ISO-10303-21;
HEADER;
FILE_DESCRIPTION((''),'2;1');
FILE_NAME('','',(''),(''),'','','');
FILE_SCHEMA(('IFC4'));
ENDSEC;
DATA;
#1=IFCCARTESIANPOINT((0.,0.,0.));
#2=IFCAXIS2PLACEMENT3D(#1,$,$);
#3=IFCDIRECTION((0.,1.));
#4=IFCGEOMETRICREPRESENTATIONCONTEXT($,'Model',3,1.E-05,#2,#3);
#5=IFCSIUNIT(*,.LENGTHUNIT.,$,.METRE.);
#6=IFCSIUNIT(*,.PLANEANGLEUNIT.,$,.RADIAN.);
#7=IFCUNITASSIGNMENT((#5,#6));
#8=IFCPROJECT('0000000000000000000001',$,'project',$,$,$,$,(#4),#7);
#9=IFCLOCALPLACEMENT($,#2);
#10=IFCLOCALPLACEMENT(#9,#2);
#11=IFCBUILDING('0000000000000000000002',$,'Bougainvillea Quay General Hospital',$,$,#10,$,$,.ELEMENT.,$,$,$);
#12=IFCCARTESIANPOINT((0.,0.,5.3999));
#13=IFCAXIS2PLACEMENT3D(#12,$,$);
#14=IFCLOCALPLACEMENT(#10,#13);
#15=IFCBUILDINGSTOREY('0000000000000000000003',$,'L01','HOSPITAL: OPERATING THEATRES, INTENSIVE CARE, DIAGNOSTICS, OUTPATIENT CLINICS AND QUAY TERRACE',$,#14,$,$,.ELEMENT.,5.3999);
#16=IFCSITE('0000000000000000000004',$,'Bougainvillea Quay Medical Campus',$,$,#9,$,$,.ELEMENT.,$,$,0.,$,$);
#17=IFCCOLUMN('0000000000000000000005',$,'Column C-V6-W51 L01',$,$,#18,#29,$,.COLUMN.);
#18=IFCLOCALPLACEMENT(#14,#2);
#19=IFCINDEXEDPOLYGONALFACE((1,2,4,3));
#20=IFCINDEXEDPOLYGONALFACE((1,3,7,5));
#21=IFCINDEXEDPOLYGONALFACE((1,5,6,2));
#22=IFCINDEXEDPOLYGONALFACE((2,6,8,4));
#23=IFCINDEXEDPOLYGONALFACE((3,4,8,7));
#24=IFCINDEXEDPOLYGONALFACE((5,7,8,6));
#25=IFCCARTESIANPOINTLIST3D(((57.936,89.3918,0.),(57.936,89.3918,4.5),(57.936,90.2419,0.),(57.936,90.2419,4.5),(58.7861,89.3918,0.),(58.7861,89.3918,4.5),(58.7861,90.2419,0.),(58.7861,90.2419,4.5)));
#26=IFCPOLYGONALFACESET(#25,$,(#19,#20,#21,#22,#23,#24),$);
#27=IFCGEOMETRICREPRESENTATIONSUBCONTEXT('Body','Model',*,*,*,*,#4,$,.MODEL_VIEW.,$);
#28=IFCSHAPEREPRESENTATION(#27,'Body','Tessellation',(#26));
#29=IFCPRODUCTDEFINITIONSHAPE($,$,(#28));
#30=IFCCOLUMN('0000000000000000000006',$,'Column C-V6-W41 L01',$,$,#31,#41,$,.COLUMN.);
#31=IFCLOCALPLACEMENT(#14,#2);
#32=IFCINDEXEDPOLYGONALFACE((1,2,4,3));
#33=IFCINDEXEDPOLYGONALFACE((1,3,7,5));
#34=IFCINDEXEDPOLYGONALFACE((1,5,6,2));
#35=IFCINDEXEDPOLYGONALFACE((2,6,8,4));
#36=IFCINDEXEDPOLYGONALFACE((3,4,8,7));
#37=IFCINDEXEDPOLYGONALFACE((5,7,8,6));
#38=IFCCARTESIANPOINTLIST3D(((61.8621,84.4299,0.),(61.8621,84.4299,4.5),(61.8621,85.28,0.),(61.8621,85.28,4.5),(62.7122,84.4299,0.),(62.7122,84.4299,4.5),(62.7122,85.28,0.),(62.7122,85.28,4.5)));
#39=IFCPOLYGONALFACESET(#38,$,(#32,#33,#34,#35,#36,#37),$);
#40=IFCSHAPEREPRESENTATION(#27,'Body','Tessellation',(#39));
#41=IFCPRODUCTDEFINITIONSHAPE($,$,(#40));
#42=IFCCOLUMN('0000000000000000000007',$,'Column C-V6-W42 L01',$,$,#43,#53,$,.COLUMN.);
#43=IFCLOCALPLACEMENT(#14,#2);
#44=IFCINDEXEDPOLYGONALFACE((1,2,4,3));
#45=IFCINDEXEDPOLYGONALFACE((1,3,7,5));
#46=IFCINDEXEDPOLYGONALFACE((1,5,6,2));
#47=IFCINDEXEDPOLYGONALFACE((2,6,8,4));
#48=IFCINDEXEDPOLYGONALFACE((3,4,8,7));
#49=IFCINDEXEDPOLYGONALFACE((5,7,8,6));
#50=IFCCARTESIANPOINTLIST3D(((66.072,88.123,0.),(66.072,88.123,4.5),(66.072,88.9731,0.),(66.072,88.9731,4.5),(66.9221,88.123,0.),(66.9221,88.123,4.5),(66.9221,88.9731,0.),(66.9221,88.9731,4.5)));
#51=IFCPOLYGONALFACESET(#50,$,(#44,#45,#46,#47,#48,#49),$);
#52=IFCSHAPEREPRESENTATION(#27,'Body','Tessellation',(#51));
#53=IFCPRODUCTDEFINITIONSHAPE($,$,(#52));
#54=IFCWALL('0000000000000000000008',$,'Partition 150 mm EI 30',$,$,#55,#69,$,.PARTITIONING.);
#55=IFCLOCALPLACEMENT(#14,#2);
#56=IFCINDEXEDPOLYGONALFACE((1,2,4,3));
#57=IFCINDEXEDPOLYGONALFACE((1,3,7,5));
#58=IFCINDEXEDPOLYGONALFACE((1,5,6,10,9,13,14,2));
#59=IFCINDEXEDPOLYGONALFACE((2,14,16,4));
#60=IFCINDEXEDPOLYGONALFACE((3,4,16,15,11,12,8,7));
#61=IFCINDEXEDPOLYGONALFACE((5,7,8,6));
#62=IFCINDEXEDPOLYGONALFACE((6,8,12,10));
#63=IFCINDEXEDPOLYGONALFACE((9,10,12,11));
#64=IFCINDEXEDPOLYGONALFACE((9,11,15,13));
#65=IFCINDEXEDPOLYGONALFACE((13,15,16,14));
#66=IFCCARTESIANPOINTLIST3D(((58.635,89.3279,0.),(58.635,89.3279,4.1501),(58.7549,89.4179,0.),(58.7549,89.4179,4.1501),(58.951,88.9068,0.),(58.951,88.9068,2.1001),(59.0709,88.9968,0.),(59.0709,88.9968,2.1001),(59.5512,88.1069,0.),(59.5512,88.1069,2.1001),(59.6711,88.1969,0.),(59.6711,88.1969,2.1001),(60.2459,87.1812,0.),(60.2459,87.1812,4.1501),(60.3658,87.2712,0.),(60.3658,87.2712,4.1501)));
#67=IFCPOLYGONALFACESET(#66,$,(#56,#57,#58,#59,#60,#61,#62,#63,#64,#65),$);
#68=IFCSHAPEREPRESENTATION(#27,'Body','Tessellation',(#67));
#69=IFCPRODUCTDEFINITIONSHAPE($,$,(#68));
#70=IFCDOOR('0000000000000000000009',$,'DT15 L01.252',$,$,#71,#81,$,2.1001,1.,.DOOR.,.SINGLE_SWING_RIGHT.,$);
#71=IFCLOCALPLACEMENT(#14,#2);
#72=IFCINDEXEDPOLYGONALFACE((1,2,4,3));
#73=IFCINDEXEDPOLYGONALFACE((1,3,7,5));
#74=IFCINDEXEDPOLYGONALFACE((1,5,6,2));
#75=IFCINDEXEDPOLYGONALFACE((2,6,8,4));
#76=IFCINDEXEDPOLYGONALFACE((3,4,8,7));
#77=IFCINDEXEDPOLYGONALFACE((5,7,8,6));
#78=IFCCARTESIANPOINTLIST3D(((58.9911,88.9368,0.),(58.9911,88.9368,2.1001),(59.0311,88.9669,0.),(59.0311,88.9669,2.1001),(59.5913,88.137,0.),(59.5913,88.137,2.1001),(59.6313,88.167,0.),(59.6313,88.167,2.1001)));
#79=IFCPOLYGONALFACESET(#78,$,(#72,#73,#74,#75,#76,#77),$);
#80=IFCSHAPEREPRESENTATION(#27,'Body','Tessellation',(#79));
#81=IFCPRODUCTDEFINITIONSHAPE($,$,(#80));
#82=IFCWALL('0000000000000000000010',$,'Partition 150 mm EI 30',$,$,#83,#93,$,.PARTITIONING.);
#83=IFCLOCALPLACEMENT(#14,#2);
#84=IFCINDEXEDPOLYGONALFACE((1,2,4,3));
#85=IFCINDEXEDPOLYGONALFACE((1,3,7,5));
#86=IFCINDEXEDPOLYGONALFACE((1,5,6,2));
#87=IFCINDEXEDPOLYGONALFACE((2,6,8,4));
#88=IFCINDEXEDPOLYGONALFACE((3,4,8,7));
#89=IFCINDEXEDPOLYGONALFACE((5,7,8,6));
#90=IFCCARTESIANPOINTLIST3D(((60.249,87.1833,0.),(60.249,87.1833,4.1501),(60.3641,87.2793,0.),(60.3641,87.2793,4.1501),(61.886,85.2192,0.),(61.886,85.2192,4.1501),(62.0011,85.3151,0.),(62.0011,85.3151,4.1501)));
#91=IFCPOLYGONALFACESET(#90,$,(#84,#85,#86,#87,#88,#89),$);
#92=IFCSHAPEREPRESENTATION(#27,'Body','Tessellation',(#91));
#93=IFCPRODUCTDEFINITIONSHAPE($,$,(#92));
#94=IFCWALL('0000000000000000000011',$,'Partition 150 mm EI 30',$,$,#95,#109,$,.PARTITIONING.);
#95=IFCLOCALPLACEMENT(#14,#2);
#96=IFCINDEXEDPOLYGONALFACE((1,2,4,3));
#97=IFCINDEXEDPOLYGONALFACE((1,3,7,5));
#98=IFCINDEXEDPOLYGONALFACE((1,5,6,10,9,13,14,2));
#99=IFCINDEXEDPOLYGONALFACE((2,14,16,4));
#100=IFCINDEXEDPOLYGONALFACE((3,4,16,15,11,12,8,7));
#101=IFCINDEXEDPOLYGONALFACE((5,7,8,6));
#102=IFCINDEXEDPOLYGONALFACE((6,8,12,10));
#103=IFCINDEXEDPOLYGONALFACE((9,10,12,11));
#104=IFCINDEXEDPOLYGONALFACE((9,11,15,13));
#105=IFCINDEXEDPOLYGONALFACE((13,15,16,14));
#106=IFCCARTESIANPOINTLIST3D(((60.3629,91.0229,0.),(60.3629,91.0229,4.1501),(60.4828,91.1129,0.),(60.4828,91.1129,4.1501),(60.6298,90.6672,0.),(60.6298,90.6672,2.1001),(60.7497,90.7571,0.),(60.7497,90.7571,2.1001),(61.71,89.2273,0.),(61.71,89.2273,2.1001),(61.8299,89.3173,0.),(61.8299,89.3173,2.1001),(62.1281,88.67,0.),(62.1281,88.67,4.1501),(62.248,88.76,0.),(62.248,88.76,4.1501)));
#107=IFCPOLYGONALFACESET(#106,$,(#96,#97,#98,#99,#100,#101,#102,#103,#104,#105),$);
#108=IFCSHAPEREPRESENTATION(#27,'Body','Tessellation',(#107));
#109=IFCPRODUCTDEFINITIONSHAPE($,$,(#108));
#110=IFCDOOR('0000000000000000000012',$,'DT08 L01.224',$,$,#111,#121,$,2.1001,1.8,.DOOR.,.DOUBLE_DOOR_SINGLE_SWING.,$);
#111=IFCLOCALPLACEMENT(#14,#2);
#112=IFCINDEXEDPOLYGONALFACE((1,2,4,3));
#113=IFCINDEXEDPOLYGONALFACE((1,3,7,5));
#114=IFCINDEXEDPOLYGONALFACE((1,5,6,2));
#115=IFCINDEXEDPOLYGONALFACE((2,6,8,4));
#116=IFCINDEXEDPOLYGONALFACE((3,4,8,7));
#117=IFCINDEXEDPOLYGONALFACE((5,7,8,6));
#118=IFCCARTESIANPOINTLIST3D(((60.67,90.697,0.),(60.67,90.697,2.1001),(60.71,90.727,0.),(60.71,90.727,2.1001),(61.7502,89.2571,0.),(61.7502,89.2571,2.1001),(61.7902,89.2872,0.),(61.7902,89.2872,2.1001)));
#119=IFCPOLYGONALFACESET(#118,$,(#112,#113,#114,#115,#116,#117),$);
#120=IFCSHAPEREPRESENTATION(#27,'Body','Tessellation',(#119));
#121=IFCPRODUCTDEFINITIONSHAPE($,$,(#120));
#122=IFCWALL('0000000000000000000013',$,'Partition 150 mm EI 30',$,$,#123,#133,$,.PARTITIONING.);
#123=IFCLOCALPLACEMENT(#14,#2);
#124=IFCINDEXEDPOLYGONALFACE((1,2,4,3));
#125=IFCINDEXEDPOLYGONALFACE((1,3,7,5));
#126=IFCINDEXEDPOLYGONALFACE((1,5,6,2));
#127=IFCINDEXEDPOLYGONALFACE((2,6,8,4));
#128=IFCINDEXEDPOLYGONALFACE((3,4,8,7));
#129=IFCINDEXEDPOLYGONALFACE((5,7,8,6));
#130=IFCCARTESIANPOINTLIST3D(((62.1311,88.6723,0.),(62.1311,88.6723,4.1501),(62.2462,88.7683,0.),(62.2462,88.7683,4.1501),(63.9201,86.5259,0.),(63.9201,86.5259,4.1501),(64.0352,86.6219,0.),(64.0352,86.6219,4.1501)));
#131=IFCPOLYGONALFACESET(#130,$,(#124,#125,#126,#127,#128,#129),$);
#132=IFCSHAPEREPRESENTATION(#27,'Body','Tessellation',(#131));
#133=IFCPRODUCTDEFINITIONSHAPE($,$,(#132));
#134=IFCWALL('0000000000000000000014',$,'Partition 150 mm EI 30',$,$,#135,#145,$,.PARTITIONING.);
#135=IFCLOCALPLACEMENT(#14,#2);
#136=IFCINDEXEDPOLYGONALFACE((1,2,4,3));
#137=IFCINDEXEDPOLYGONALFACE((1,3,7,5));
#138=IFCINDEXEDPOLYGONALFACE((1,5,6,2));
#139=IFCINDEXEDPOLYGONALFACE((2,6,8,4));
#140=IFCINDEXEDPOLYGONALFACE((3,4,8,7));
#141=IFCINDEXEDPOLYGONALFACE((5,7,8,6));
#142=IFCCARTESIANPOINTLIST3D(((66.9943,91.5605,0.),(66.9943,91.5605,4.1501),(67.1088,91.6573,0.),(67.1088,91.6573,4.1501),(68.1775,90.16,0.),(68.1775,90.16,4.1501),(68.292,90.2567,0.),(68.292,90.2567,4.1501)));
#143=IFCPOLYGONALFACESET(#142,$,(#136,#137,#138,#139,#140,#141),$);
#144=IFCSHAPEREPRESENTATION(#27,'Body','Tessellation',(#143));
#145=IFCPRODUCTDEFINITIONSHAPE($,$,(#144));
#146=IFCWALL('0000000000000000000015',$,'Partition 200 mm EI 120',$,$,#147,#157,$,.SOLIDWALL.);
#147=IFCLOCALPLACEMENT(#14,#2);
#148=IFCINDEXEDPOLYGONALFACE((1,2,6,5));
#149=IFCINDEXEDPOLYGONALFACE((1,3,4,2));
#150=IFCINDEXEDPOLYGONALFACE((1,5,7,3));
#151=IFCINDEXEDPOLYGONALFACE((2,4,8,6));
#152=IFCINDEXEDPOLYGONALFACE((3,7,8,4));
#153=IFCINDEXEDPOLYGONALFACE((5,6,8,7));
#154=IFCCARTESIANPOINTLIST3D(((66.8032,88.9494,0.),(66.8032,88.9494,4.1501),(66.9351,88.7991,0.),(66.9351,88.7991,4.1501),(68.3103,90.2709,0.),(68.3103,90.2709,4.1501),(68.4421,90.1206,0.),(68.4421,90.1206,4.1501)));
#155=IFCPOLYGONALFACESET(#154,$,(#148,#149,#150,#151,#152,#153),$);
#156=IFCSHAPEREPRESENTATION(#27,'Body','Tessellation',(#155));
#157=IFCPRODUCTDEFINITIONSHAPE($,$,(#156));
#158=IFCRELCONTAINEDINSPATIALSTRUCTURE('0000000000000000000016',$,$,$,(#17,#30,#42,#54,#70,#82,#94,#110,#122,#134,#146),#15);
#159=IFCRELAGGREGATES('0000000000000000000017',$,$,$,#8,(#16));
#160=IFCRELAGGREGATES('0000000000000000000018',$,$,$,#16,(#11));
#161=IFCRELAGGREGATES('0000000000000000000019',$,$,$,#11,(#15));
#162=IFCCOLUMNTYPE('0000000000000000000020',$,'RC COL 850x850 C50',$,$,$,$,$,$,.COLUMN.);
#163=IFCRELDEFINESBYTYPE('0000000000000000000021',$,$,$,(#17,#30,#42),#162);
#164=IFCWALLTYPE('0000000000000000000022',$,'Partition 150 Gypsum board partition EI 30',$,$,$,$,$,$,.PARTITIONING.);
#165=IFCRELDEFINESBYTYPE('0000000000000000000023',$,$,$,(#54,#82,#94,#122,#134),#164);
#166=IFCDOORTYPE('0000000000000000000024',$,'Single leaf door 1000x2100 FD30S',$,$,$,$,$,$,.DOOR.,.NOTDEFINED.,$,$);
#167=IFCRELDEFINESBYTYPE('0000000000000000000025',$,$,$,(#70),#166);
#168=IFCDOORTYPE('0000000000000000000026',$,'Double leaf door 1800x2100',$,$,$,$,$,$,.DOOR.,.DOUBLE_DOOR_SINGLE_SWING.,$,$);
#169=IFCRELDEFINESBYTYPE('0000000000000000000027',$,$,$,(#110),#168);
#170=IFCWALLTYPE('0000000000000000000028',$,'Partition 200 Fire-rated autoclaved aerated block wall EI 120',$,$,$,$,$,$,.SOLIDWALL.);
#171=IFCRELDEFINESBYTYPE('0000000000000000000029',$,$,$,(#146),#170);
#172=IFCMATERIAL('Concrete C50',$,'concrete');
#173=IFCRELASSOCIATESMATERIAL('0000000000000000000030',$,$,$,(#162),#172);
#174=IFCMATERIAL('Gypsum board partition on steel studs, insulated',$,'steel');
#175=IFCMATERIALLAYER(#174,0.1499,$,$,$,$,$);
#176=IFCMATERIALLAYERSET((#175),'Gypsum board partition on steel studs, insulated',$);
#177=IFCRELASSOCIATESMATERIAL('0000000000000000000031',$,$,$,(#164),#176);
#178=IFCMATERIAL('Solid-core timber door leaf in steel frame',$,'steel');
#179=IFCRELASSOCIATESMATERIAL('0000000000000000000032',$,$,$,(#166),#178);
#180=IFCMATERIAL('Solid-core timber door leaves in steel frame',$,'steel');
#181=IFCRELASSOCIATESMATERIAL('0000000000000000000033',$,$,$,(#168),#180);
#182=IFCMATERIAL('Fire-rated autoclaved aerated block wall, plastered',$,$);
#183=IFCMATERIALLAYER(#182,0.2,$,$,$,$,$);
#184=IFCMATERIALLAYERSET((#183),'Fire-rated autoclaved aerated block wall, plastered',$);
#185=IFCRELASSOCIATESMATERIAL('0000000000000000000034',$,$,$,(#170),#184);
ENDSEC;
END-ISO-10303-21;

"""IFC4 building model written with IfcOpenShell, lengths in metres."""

from ifc_helpers import new_model, si_unit, direction, frame, frame_2d, origin, origin_2d, place, context, subcontext, project, spatial, rectangle, extrude, material, layer, layer_set, material_profile, profile_set, type_object, element, fill, save


model = new_model("IFC4")

# Units and contexts
model_context = context("Model", 3, precision=1e-05, world=origin(), true_north=direction((0.0, 1.0)))
body_context = subcontext(model_context, "Body", "Model", "MODEL_VIEW")
ifc_project = project(units=[si_unit("LENGTHUNIT", "METRE"), si_unit("PLANEANGLEUNIT", "RADIAN")], contexts=[model_context])

# Site, building, storey
site_placement = place(None, origin())
site = spatial("IfcSite", under=ifc_project, at=site_placement, Name="Bougainvillea Quay Medical Campus", CompositionType="ELEMENT", RefElevation=0.0)
building_placement = place(site_placement, origin())
building = spatial("IfcBuilding", under=site, at=building_placement, Name="Bougainvillea Quay General Hospital", CompositionType="ELEMENT")
storey_placement = place(building_placement, frame((0.0, 0.0, 5.3999)))
storey = spatial("IfcBuildingStorey", under=building, at=storey_placement, Name="L01", Description="HOSPITAL: OPERATING THEATRES, INTENSIVE CARE, DIAGNOSTICS, OUTPATIENT CLINICS AND QUAY TERRACE", CompositionType="ELEMENT", Elevation=5.3999)

# Columns
ifc_material_1 = material(Name="Concrete C50", Category="concrete")
ifc_material_profile = material_profile(ifc_material_1, rectangle(XDim=0.8501, YDim=0.8501, at=origin_2d()))
ifc_profile_set = profile_set([ifc_material_profile], Name="Concrete C50")
column_type = type_object("IfcColumnType", Name="RC COL 850x850 C50", PredefinedType="COLUMN", material=ifc_profile_set)
for number, where, z_axis, x_axis, name in (
    (1, (58.3611, 89.8169, 0.0), (0.0, 0.0, 1.0), (1.0, 0.0, 0.0), "Column C-V6-W51 L01"),
    (2, (62.2871, 84.855, 0.0), (0.0, 0.0, 1.0), (1.0, 0.0, 0.0), "Column C-V6-W41 L01"),
    (3, (66.4971, 88.5481, 0.0), (0.0, 0.0, 1.0), (1.0, 0.0, 0.0), "Column C-V6-W42 L01"),
):
    element("IfcColumn", number, at=place(storey_placement, frame(where, z_axis=z_axis, x_axis=x_axis)), inside=storey, type_object=column_type, Name=name, PredefinedType="COLUMN", context=body_context, shape_type="SweptSolid", body=[
        extrude(rectangle(XDim=0.8501, YDim=0.8501, at=origin_2d()), origin(), (0.0, 0.0, 1.0), 4.5),
    ])

# Wall, opening, door
ifc_material_2 = material(Name="Gypsum board partition on steel studs, insulated", Category="steel")
ifc_layer_1 = layer(ifc_material_2, 0.1499)
ifc_layer_set_1 = layer_set([ifc_layer_1], Name="Gypsum board partition on steel studs, insulated")
wall_type_1 = type_object("IfcWallType", Name="Partition 150 Gypsum board partition EI 30", PredefinedType="PARTITIONING", material=ifc_layer_set_1)
wall_1_placement = place(storey_placement, frame((58.6951, 89.3728, 0.0), z_axis=(0.0, 0.0, 1.0), x_axis=(0.600189, -0.799858, 0.0)))
wall_1 = element("IfcWall", 4, at=wall_1_placement, inside=storey, type_object=wall_type_1, Name="Partition 150 mm EI 30", PredefinedType="PARTITIONING", context=body_context, shape_type="SweptSolid", body=[
    extrude(rectangle(XDim=2.6838, YDim=0.1499, at=frame_2d((1.3418, 0.0))), origin(), (0.0, 0.0, 1.0), 4.1501),
])
opening_1_placement = place(wall_1_placement, frame((0.5264, 0.0, 0.0)))
opening_1 = element("IfcOpeningElement", 5, at=opening_1_placement, cuts=wall_1, PredefinedType="OPENING", context=body_context, shape_type="SweptSolid", body=[
    extrude(rectangle(XDim=1.0, YDim=2.1001, at=frame_2d((0.5, 1.05))), frame((0.0, 0.085, 0.0), z_axis=(0.0, -1.0, 0.0), x_axis=(1.0, 0.0, 0.0)), (0.0, 0.0, 1.0), 0.1699),
])
ifc_material_3 = material(Name="Solid-core timber door leaf in steel frame", Category="steel")
door_type_1 = type_object("IfcDoorType", Name="Single leaf door 1000x2100 FD30S", OperationType="NOTDEFINED", PredefinedType="DOOR", material=ifc_material_3)
door_1_placement = place(opening_1_placement, frame((1.0, 0.0, 0.0), z_axis=(0.0, 0.0, 1.0), x_axis=(-1.0, 0.0, 0.0)))
door_1 = element("IfcDoor", 6, at=door_1_placement, inside=storey, type_object=door_type_1, Name="DT15 L01.252", OperationType="SINGLE_SWING_RIGHT", OverallHeight=2.1001, OverallWidth=1.0, PredefinedType="DOOR", context=body_context, shape_type="SweptSolid", body=[
    extrude(rectangle(XDim=1.0, YDim=2.1001, at=frame_2d((0.5, 1.05))), frame((0.0, 0.0249, 0.0), z_axis=(0.0, -1.0, 0.0), x_axis=(1.0, 0.0, 0.0)), (0.0, 0.0, 1.0), 0.05),
])
fill(opening_1, door_1)

# Wall
wall_2_placement = place(storey_placement, frame((60.3066, 87.2312, 0.0), z_axis=(0.0, 0.0, 1.0), x_axis=(0.640231, -0.768182, 0.0)))
element("IfcWall", 7, at=wall_2_placement, inside=storey, type_object=wall_type_1, Name="Partition 150 mm EI 30", PredefinedType="PARTITIONING", context=body_context, shape_type="SweptSolid", body=[
    extrude(rectangle(XDim=2.5569, YDim=0.1499, at=frame_2d((1.2783, 0.0))), origin(), (0.0, 0.0, 1.0), 4.1501),
])

# Wall, opening, door
wall_3_placement = place(storey_placement, frame((60.4229, 91.0679, 0.0), z_axis=(0.0, 0.0, 1.0), x_axis=(0.60012, -0.79991, 0.0)))
wall_3 = element("IfcWall", 8, at=wall_3_placement, inside=storey, type_object=wall_type_1, Name="Partition 150 mm EI 30", PredefinedType="PARTITIONING", context=body_context, shape_type="SweptSolid", body=[
    extrude(rectangle(XDim=2.9414, YDim=0.1499, at=frame_2d((1.4707, 0.0))), origin(), (0.0, 0.0, 1.0), 4.1501),
])
opening_2_placement = place(wall_3_placement, frame((0.4448, 0.0, 0.0)))
opening_2 = element("IfcOpeningElement", 9, at=opening_2_placement, cuts=wall_3, PredefinedType="OPENING", context=body_context, shape_type="SweptSolid", body=[
    extrude(rectangle(XDim=1.8, YDim=2.1001, at=frame_2d((0.8999, 1.05))), frame((0.0, 0.085, 0.0), z_axis=(0.0, -1.0, 0.0), x_axis=(1.0, 0.0, 0.0)), (0.0, 0.0, 1.0), 0.1699),
])
ifc_material_4 = material(Name="Solid-core timber door leaves in steel frame", Category="steel")
door_type_2 = type_object("IfcDoorType", Name="Double leaf door 1800x2100", OperationType="DOUBLE_DOOR_SINGLE_SWING", PredefinedType="DOOR", material=ifc_material_4)
door_2_placement = place(opening_2_placement, frame((1.8, 0.0, 0.0), z_axis=(0.0, 0.0, 1.0), x_axis=(-1.0, 0.0, 0.0)))
door_2 = element("IfcDoor", 10, at=door_2_placement, inside=storey, type_object=door_type_2, Name="DT08 L01.224", OperationType="DOUBLE_DOOR_SINGLE_SWING", OverallHeight=2.1001, OverallWidth=1.8, PredefinedType="DOOR", context=body_context, shape_type="SweptSolid", body=[
    extrude(rectangle(XDim=1.8, YDim=2.1001, at=frame_2d((0.8999, 1.05))), frame((0.0, 0.0249, 0.0), z_axis=(0.0, -1.0, 0.0), x_axis=(1.0, 0.0, 0.0)), (0.0, 0.0, 1.0), 0.05),
])
fill(opening_2, door_2)

# Walls
wall_4_placement = place(storey_placement, frame((62.1887, 88.7202, 0.0), z_axis=(0.0, 0.0, 1.0), x_axis=(0.640253, -0.768164, 0.0)))
element("IfcWall", 11, at=wall_4_placement, inside=storey, type_object=wall_type_1, Name="Partition 150 mm EI 30", PredefinedType="PARTITIONING", context=body_context, shape_type="SweptSolid", body=[
    extrude(rectangle(XDim=2.7942, YDim=0.1499, at=frame_2d((1.397, 0.0))), origin(), (0.0, 0.0, 1.0), 4.1501),
])
wall_5_placement = place(storey_placement, frame((67.0515, 91.6089, 0.0), z_axis=(0.0, 0.0, 1.0), x_axis=(0.645369, -0.763871, 0.0)))
element("IfcWall", 12, at=wall_5_placement, inside=storey, type_object=wall_type_1, Name="Partition 150 mm EI 30", PredefinedType="PARTITIONING", context=body_context, shape_type="SweptSolid", body=[
    extrude(rectangle(XDim=1.8335, YDim=0.1499, at=frame_2d((0.9167, 0.0))), origin(), (0.0, 0.0, 1.0), 4.1501),
])
ifc_material_5 = material(Name="Fire-rated autoclaved aerated block wall, plastered")
ifc_layer_2 = layer(ifc_material_5, 0.2)
ifc_layer_set_2 = layer_set([ifc_layer_2], Name="Fire-rated autoclaved aerated block wall, plastered")
wall_type_2 = type_object("IfcWallType", Name="Partition 200 Fire-rated autoclaved aerated block wall EI 120", PredefinedType="SOLIDWALL", material=ifc_layer_set_2)
wall_6_placement = place(storey_placement, frame((66.8691, 88.8743, 0.0), z_axis=(0.0, 0.0, 1.0), x_axis=(0.751875, 0.659306, 0.0)))
element("IfcWall", 13, at=wall_6_placement, inside=storey, type_object=wall_type_2, Name="Partition 200 mm EI 120", PredefinedType="SOLIDWALL", context=body_context, shape_type="SweptSolid", body=[
    extrude(rectangle(XDim=2.0044, YDim=0.2, at=frame_2d((1.0022, 0.0))), origin(), (0.0, 0.0, 1.0), 4.1501),
])

save(model, "model.ifc")
